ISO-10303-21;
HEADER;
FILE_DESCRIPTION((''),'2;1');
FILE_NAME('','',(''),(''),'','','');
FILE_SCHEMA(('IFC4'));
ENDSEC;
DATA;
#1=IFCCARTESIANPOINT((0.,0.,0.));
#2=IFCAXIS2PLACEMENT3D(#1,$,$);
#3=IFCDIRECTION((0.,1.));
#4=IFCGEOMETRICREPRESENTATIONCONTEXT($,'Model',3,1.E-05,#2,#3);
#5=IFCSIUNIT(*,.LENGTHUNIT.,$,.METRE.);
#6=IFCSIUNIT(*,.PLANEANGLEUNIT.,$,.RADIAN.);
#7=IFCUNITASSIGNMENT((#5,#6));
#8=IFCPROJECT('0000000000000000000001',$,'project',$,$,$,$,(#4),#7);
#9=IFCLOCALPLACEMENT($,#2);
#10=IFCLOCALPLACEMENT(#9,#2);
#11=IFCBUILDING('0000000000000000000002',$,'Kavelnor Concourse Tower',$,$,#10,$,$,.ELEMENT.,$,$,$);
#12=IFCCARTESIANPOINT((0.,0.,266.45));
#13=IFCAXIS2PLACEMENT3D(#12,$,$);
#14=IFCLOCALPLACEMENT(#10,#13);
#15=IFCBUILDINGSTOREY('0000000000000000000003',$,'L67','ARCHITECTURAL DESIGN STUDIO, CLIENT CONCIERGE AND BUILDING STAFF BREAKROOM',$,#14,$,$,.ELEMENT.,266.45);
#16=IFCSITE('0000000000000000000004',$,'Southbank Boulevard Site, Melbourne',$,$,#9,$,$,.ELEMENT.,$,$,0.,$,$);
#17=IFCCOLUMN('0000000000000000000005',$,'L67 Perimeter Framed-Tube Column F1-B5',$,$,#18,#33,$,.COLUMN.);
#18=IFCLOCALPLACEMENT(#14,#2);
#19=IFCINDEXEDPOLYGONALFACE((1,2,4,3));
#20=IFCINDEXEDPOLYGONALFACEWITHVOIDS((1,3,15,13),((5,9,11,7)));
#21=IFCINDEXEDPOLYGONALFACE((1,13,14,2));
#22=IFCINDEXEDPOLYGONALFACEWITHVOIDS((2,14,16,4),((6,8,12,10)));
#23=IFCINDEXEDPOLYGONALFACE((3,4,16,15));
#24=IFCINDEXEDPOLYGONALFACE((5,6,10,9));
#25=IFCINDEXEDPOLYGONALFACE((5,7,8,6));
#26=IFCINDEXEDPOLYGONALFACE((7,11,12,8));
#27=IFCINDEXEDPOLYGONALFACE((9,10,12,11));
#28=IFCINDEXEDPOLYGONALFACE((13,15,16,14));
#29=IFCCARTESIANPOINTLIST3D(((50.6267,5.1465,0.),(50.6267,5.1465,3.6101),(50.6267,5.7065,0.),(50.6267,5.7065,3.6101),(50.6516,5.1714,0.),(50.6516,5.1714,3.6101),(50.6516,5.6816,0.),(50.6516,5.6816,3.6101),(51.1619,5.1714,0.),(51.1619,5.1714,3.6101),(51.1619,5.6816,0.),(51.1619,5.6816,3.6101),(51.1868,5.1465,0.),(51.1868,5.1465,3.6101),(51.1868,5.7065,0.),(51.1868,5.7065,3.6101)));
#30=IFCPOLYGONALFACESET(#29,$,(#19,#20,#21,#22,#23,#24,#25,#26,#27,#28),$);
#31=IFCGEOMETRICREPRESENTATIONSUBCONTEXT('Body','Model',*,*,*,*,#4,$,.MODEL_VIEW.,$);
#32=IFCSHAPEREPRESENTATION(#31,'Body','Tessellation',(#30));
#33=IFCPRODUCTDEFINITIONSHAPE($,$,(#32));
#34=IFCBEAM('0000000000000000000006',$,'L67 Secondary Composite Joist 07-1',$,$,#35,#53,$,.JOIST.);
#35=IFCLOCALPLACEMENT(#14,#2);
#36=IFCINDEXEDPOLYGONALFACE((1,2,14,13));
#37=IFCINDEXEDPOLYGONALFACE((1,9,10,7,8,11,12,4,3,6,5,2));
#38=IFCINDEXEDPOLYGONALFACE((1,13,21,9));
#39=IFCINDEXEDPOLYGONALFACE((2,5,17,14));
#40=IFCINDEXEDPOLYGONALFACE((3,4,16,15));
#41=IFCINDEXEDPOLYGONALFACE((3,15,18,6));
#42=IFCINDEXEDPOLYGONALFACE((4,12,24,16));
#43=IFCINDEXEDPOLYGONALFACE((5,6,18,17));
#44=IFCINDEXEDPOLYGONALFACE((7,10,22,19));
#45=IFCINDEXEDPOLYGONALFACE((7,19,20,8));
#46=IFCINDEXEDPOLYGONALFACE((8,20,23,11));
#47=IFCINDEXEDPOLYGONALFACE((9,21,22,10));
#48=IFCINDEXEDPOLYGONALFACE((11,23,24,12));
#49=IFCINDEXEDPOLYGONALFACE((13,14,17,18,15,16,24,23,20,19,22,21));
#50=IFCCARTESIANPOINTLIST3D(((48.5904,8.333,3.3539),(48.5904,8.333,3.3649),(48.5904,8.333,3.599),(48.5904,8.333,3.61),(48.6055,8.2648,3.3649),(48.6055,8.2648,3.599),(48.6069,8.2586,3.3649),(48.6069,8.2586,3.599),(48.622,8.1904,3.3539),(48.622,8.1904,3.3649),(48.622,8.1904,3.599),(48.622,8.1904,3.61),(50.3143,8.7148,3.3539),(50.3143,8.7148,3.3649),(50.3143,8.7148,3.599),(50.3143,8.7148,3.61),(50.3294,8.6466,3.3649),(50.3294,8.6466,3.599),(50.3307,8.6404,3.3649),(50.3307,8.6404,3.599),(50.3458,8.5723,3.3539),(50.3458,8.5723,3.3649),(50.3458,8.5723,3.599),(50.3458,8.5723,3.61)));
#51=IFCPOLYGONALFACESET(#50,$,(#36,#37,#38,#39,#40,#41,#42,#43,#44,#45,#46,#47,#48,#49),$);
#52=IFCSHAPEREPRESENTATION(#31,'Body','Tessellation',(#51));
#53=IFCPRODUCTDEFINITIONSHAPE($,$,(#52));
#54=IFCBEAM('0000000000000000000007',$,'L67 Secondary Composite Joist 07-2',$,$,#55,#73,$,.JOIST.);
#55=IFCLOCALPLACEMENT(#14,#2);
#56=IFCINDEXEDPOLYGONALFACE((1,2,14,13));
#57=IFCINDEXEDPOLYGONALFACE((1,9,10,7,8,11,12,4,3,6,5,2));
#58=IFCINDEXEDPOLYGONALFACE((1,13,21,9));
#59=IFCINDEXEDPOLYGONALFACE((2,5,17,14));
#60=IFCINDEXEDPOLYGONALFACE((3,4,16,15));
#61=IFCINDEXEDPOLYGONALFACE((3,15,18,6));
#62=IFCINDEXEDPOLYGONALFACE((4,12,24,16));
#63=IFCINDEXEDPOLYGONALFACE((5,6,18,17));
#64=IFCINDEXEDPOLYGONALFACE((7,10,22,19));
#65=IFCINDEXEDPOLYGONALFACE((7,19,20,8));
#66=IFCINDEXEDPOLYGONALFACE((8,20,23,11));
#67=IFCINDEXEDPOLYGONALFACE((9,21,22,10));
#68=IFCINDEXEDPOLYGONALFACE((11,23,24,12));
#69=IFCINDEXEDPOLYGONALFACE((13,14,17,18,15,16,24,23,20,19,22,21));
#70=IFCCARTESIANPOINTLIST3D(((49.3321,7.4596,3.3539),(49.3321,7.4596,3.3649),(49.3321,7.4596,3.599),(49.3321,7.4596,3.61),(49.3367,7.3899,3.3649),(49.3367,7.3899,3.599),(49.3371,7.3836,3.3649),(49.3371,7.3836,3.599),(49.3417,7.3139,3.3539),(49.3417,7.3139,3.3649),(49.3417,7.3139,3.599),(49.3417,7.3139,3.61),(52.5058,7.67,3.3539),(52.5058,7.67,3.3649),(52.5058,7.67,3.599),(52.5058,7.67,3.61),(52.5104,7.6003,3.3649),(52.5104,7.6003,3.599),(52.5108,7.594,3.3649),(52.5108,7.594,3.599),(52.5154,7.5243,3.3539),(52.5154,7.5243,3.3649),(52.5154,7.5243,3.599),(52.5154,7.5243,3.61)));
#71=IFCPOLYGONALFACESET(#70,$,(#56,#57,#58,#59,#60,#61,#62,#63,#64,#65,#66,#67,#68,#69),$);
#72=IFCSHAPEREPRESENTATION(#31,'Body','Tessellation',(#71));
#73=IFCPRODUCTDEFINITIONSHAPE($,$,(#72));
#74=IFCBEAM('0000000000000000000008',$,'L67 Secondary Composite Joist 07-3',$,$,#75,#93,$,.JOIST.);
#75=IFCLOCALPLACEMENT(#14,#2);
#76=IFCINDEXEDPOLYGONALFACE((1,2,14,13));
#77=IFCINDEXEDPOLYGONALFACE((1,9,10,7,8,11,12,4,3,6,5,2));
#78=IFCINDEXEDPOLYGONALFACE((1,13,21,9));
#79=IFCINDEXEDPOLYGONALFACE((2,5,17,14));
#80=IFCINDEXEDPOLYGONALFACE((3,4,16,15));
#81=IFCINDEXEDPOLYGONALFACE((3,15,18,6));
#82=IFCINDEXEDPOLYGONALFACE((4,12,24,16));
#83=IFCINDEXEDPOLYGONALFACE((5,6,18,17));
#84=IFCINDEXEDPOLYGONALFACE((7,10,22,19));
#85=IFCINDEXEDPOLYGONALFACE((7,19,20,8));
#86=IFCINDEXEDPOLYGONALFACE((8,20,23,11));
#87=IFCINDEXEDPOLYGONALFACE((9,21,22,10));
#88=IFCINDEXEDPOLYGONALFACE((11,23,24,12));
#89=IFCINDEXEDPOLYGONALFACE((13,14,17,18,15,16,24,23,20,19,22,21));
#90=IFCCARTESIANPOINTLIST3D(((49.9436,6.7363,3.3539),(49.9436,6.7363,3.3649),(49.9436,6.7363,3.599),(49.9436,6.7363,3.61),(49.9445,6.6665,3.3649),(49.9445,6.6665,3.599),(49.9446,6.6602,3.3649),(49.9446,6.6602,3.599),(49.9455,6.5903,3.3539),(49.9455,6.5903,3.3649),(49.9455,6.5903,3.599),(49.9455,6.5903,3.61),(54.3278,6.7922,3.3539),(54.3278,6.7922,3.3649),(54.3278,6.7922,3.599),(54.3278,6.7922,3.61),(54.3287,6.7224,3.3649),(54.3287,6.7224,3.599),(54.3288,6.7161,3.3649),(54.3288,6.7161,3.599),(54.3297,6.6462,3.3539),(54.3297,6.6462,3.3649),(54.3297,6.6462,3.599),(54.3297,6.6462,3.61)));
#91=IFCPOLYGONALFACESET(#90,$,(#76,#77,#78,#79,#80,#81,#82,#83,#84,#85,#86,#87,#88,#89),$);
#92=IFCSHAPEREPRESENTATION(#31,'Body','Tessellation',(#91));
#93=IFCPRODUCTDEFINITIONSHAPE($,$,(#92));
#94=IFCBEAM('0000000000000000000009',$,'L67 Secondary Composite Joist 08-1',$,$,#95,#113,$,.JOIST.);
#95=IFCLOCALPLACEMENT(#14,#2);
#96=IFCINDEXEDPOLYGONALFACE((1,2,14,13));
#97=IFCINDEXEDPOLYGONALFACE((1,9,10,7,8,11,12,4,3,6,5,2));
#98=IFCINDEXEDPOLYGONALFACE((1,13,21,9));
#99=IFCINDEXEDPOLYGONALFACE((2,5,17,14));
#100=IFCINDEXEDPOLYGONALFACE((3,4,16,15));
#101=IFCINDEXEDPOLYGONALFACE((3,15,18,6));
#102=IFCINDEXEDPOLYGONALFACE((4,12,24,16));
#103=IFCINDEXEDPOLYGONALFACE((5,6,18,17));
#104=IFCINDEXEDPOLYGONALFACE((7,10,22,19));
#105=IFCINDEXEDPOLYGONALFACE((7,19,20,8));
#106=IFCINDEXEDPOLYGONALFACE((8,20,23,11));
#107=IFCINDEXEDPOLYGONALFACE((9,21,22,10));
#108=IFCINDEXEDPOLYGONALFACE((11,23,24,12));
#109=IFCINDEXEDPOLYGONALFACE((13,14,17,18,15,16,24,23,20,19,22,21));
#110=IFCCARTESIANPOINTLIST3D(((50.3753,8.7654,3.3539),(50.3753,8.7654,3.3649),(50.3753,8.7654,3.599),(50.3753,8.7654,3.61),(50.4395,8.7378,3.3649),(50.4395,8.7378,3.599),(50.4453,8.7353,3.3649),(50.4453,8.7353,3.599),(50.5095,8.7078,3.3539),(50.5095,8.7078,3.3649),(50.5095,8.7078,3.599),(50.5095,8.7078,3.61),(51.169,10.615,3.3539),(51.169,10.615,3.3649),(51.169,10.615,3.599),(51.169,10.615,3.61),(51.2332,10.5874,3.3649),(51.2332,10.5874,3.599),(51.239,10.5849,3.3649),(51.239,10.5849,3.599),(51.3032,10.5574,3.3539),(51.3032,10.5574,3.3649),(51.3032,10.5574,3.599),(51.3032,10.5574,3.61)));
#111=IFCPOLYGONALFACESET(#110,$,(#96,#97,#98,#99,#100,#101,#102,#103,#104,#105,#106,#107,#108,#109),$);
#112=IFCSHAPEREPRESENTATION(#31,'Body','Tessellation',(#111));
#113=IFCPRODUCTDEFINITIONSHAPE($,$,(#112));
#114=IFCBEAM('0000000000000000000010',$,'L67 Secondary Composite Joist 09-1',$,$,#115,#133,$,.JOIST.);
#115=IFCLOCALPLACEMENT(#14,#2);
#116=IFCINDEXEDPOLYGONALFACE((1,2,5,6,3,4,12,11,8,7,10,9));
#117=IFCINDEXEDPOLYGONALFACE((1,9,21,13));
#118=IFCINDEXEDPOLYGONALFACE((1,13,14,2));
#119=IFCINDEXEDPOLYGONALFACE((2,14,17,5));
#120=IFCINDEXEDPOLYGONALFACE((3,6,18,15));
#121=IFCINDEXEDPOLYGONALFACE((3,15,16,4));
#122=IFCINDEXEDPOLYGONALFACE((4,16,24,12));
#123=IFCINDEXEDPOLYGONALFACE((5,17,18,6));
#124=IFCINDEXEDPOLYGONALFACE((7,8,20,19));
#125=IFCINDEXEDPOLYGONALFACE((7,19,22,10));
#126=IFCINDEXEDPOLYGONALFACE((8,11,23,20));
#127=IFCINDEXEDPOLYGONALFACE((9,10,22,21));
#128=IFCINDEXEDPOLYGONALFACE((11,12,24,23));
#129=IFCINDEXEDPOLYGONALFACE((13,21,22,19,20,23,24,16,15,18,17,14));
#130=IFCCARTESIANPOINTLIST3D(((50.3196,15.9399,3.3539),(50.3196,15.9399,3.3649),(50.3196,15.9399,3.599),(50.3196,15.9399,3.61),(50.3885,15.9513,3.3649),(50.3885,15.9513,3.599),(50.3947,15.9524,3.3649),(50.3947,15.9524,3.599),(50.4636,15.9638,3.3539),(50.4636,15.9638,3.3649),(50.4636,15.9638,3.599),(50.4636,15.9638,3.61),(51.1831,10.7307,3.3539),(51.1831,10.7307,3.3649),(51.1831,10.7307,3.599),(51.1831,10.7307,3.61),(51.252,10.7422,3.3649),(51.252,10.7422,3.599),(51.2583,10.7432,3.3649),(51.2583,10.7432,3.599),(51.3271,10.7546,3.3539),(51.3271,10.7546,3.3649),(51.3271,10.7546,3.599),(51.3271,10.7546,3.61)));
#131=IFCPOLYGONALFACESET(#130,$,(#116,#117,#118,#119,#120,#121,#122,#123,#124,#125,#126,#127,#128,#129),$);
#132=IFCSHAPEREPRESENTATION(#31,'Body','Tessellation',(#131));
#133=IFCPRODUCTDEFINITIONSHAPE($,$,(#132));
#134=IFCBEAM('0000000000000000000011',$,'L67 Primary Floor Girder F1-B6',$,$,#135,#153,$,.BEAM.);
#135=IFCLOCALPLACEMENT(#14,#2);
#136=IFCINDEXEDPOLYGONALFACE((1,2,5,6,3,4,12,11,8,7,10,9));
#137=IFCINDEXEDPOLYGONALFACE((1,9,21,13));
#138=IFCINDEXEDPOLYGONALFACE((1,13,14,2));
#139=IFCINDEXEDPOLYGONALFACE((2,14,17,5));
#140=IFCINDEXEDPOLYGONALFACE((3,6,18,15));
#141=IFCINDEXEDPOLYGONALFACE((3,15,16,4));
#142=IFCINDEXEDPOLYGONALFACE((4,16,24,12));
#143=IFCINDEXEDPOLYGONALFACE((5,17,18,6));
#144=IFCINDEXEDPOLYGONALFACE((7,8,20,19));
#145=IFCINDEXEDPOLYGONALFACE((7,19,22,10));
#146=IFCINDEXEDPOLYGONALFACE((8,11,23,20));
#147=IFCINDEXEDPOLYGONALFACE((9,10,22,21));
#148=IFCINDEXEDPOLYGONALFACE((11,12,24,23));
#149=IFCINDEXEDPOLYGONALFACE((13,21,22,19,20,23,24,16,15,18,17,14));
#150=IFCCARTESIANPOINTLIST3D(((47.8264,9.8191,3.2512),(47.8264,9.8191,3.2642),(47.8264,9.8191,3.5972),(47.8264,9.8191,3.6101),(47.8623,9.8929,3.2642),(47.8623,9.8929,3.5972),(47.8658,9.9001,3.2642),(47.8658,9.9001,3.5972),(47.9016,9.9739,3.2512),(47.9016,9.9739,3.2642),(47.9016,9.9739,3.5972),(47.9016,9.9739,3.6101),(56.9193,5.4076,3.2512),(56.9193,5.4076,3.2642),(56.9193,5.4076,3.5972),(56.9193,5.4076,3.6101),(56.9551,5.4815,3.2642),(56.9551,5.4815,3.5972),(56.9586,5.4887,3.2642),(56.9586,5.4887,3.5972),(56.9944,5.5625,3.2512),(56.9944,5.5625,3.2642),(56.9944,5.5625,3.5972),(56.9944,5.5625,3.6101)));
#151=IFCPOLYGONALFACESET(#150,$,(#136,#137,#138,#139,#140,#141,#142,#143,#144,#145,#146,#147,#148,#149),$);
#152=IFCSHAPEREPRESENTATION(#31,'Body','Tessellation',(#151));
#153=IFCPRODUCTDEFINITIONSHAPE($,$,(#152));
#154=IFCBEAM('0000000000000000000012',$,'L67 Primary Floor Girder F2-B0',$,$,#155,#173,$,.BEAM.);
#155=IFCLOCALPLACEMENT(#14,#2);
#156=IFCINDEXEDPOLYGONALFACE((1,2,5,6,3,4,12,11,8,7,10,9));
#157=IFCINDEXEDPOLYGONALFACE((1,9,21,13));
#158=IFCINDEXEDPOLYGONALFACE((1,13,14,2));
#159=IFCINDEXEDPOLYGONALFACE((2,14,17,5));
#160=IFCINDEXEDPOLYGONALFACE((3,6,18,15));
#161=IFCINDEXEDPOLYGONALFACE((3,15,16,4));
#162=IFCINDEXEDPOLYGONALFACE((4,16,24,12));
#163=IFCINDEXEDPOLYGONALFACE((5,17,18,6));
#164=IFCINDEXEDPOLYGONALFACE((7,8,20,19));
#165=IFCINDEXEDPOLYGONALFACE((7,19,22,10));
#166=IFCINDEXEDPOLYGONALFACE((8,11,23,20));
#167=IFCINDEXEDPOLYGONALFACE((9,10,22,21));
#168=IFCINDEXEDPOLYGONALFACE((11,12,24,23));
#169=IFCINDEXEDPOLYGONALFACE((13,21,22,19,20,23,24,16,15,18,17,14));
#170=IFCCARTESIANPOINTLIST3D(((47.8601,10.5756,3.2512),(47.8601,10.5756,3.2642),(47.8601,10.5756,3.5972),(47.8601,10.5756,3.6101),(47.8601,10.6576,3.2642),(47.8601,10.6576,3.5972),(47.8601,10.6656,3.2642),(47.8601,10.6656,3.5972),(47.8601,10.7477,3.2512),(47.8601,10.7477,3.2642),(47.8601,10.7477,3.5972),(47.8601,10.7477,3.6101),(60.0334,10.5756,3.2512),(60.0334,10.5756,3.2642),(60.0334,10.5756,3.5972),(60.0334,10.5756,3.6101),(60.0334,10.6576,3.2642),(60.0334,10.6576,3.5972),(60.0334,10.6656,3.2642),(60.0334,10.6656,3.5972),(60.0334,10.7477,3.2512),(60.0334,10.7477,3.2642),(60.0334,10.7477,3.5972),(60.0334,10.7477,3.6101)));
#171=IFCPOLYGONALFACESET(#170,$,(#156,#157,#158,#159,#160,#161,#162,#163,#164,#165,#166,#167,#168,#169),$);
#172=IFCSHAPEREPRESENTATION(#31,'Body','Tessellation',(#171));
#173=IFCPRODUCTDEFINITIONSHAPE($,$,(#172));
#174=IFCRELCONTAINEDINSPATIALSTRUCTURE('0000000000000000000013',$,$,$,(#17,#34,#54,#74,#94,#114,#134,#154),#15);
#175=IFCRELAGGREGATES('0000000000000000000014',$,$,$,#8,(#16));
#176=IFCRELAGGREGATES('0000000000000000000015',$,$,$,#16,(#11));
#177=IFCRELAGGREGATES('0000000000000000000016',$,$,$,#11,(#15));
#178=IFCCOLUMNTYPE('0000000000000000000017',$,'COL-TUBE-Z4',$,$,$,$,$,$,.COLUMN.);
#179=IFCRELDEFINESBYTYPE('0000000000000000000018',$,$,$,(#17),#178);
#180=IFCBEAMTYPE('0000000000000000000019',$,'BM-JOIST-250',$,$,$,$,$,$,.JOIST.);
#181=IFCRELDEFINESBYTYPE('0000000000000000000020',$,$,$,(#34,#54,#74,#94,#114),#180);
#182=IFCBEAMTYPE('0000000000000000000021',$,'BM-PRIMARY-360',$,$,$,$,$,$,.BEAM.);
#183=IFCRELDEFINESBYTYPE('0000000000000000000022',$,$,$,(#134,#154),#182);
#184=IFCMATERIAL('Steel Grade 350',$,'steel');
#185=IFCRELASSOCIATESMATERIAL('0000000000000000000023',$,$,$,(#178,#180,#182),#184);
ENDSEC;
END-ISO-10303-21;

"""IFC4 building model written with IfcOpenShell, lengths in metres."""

from ifc_helpers import new_model, si_unit, direction, frame, origin, origin_2d, place, context, subcontext, project, spatial, hollow_rectangle, i_section, extrude, material, material_profile, profile_set, type_object, element, save


model = new_model("IFC4")

# Units and contexts
model_context = context("Model", 3, precision=1e-05, world=origin(), true_north=direction((0.0, 1.0)))
body_context = subcontext(model_context, "Body", "Model", "MODEL_VIEW")
ifc_project = project(units=[si_unit("LENGTHUNIT", "METRE"), si_unit("PLANEANGLEUNIT", "RADIAN")], contexts=[model_context])

# Site, building, storey
site_placement = place(None, origin())
site = spatial("IfcSite", under=ifc_project, at=site_placement, Name="Southbank Boulevard Site, Melbourne", CompositionType="ELEMENT", RefElevation=0.0)
building_placement = place(site_placement, origin())
building = spatial("IfcBuilding", under=site, at=building_placement, Name="Kavelnor Concourse Tower", CompositionType="ELEMENT")
storey_placement = place(building_placement, frame((0.0, 0.0, 266.45)))
storey = spatial("IfcBuildingStorey", under=building, at=storey_placement, Name="L67", Description="ARCHITECTURAL DESIGN STUDIO, CLIENT CONCIERGE AND BUILDING STAFF BREAKROOM", CompositionType="ELEMENT", Elevation=266.45)

# Column
ifc_material_1 = material(Name="Steel Grade 350", Category="steel")
ifc_material_profile_1 = material_profile(ifc_material_1, hollow_rectangle(XDim=0.5601, YDim=0.5601, WallThickness=0.0249, at=origin_2d()), Name="SHS 560x560x25")
ifc_profile_set_1 = profile_set([ifc_material_profile_1], Name="Steel Grade 350")
column_type = type_object("IfcColumnType", Name="COL-TUBE-Z4", PredefinedType="COLUMN", material=ifc_profile_set_1)
column_placement = place(storey_placement, frame((50.9067, 5.4265, 0.0), z_axis=(0.0, 0.0, 1.0), x_axis=(1.0, 0.0, 0.0)))
element("IfcColumn", 1, at=column_placement, inside=storey, type_object=column_type, Name="L67 Perimeter Framed-Tube Column F1-B5", PredefinedType="COLUMN", context=body_context, shape_type="SweptSolid", body=[
    extrude(hollow_rectangle(XDim=0.5601, YDim=0.5601, WallThickness=0.0249, at=origin_2d()), origin(), (0.0, 0.0, 1.0), 3.6101),
])

# Beams
ifc_material_profile_2 = material_profile(ifc_material_1, i_section(OverallWidth=0.146, OverallDepth=0.2561, WebThickness=0.0063, FlangeThickness=0.011, at=origin_2d()), Name="250UB37")
ifc_profile_set_2 = profile_set([ifc_material_profile_2], Name="Steel Grade 350")
beam_type_1 = type_object("IfcBeamType", Name="BM-JOIST-250", PredefinedType="JOIST", material=ifc_profile_set_2)
beam_1_placement = place(storey_placement, frame((48.6062, 8.2617, 3.4819), z_axis=(0.976336, 0.216257, 0.0), x_axis=(-0.216257, 0.976336, 0.0)))
element("IfcBeam", 2, at=beam_1_placement, inside=storey, type_object=beam_type_1, Name="L67 Secondary Composite Joist 07-1", PredefinedType="JOIST", context=body_context, shape_type="SweptSolid", body=[
    extrude(i_section(OverallWidth=0.146, OverallDepth=0.2561, WebThickness=0.0063, FlangeThickness=0.011, at=origin_2d()), origin(), (0.0, 0.0, 1.0), 1.7656),
])
beam_2_placement = place(storey_placement, frame((49.3369, 7.3867, 3.4819), z_axis=(0.997809, 0.066167, 0.0), x_axis=(-0.066167, 0.997809, 0.0)))
element("IfcBeam", 3, at=beam_2_placement, inside=storey, type_object=beam_type_1, Name="L67 Secondary Composite Joist 07-2", PredefinedType="JOIST", context=body_context, shape_type="SweptSolid", body=[
    extrude(i_section(OverallWidth=0.146, OverallDepth=0.2561, WebThickness=0.0063, FlangeThickness=0.011, at=origin_2d()), origin(), (0.0, 0.0, 1.0), 3.1807),
])
beam_3_placement = place(storey_placement, frame((49.9446, 6.6633, 3.4819), z_axis=(0.999919, 0.012751, 0.0), x_axis=(-0.012751, 0.999919, 0.0)))
element("IfcBeam", 4, at=beam_3_placement, inside=storey, type_object=beam_type_1, Name="L67 Secondary Composite Joist 07-3", PredefinedType="JOIST", context=body_context, shape_type="SweptSolid", body=[
    extrude(i_section(OverallWidth=0.146, OverallDepth=0.2561, WebThickness=0.0063, FlangeThickness=0.011, at=origin_2d()), origin(), (0.0, 0.0, 1.0), 4.3845),
])
beam_4_placement = place(storey_placement, frame((50.4424, 8.7366, 3.4819), z_axis=(0.394344, 0.918963, 0.0), x_axis=(-0.918963, 0.394344, 0.0)))
element("IfcBeam", 5, at=beam_4_placement, inside=storey, type_object=beam_type_1, Name="L67 Secondary Composite Joist 08-1", PredefinedType="JOIST", context=body_context, shape_type="SweptSolid", body=[
    extrude(i_section(OverallWidth=0.146, OverallDepth=0.2561, WebThickness=0.0063, FlangeThickness=0.011, at=origin_2d()), origin(), (0.0, 0.0, 1.0), 2.0127),
])
beam_5_placement = place(storey_placement, frame((51.2551, 10.7427, 3.4819), z_axis=(-0.163537, 0.986537, 0.0), x_axis=(-0.986537, -0.163537, 0.0)))
element("IfcBeam", 6, at=beam_5_placement, inside=storey, type_object=beam_type_1, Name="L67 Secondary Composite Joist 09-1", PredefinedType="JOIST", context=body_context, shape_type="SweptSolid", body=[
    extrude(i_section(OverallWidth=0.146, OverallDepth=0.2561, WebThickness=0.0063, FlangeThickness=0.011, at=origin_2d()), origin(), (0.0, 0.0, 1.0), 5.2803),
])
ifc_material_profile_3 = material_profile(ifc_material_1, i_section(OverallWidth=0.1721, OverallDepth=0.3589, WebThickness=0.0081, FlangeThickness=0.0129, at=origin_2d()), Name="360UB56")
ifc_profile_set_3 = profile_set([ifc_material_profile_3], Name="Steel Grade 350")
beam_type_2 = type_object("IfcBeamType", Name="BM-PRIMARY-360", PredefinedType="BEAM", material=ifc_profile_set_3)
beam_6_placement = place(storey_placement, frame((47.864, 9.8965, 3.4307), z_axis=(0.899707, -0.436495, 0.0), x_axis=(0.436495, 0.899707, 0.0)))
element("IfcBeam", 7, at=beam_6_placement, inside=storey, type_object=beam_type_2, Name="L67 Primary Floor Girder F1-B6", PredefinedType="BEAM", context=body_context, shape_type="SweptSolid", body=[
    extrude(i_section(OverallWidth=0.1721, OverallDepth=0.3589, WebThickness=0.0081, FlangeThickness=0.0129, at=origin_2d()), origin(), (0.0, 0.0, 1.0), 10.1064),
])
beam_7_placement = place(storey_placement, frame((47.8601, 10.6616, 3.4307), z_axis=(1.0, 0.0, 0.0), x_axis=(0.0, 1.0, 0.0)))
element("IfcBeam", 8, at=beam_7_placement, inside=storey, type_object=beam_type_2, Name="L67 Primary Floor Girder F2-B0", PredefinedType="BEAM", context=body_context, shape_type="SweptSolid", body=[
    extrude(i_section(OverallWidth=0.1721, OverallDepth=0.3589, WebThickness=0.0081, FlangeThickness=0.0129, at=origin_2d()), origin(), (0.0, 0.0, 1.0), 12.1733),
])

save(model, "model.ifc")
